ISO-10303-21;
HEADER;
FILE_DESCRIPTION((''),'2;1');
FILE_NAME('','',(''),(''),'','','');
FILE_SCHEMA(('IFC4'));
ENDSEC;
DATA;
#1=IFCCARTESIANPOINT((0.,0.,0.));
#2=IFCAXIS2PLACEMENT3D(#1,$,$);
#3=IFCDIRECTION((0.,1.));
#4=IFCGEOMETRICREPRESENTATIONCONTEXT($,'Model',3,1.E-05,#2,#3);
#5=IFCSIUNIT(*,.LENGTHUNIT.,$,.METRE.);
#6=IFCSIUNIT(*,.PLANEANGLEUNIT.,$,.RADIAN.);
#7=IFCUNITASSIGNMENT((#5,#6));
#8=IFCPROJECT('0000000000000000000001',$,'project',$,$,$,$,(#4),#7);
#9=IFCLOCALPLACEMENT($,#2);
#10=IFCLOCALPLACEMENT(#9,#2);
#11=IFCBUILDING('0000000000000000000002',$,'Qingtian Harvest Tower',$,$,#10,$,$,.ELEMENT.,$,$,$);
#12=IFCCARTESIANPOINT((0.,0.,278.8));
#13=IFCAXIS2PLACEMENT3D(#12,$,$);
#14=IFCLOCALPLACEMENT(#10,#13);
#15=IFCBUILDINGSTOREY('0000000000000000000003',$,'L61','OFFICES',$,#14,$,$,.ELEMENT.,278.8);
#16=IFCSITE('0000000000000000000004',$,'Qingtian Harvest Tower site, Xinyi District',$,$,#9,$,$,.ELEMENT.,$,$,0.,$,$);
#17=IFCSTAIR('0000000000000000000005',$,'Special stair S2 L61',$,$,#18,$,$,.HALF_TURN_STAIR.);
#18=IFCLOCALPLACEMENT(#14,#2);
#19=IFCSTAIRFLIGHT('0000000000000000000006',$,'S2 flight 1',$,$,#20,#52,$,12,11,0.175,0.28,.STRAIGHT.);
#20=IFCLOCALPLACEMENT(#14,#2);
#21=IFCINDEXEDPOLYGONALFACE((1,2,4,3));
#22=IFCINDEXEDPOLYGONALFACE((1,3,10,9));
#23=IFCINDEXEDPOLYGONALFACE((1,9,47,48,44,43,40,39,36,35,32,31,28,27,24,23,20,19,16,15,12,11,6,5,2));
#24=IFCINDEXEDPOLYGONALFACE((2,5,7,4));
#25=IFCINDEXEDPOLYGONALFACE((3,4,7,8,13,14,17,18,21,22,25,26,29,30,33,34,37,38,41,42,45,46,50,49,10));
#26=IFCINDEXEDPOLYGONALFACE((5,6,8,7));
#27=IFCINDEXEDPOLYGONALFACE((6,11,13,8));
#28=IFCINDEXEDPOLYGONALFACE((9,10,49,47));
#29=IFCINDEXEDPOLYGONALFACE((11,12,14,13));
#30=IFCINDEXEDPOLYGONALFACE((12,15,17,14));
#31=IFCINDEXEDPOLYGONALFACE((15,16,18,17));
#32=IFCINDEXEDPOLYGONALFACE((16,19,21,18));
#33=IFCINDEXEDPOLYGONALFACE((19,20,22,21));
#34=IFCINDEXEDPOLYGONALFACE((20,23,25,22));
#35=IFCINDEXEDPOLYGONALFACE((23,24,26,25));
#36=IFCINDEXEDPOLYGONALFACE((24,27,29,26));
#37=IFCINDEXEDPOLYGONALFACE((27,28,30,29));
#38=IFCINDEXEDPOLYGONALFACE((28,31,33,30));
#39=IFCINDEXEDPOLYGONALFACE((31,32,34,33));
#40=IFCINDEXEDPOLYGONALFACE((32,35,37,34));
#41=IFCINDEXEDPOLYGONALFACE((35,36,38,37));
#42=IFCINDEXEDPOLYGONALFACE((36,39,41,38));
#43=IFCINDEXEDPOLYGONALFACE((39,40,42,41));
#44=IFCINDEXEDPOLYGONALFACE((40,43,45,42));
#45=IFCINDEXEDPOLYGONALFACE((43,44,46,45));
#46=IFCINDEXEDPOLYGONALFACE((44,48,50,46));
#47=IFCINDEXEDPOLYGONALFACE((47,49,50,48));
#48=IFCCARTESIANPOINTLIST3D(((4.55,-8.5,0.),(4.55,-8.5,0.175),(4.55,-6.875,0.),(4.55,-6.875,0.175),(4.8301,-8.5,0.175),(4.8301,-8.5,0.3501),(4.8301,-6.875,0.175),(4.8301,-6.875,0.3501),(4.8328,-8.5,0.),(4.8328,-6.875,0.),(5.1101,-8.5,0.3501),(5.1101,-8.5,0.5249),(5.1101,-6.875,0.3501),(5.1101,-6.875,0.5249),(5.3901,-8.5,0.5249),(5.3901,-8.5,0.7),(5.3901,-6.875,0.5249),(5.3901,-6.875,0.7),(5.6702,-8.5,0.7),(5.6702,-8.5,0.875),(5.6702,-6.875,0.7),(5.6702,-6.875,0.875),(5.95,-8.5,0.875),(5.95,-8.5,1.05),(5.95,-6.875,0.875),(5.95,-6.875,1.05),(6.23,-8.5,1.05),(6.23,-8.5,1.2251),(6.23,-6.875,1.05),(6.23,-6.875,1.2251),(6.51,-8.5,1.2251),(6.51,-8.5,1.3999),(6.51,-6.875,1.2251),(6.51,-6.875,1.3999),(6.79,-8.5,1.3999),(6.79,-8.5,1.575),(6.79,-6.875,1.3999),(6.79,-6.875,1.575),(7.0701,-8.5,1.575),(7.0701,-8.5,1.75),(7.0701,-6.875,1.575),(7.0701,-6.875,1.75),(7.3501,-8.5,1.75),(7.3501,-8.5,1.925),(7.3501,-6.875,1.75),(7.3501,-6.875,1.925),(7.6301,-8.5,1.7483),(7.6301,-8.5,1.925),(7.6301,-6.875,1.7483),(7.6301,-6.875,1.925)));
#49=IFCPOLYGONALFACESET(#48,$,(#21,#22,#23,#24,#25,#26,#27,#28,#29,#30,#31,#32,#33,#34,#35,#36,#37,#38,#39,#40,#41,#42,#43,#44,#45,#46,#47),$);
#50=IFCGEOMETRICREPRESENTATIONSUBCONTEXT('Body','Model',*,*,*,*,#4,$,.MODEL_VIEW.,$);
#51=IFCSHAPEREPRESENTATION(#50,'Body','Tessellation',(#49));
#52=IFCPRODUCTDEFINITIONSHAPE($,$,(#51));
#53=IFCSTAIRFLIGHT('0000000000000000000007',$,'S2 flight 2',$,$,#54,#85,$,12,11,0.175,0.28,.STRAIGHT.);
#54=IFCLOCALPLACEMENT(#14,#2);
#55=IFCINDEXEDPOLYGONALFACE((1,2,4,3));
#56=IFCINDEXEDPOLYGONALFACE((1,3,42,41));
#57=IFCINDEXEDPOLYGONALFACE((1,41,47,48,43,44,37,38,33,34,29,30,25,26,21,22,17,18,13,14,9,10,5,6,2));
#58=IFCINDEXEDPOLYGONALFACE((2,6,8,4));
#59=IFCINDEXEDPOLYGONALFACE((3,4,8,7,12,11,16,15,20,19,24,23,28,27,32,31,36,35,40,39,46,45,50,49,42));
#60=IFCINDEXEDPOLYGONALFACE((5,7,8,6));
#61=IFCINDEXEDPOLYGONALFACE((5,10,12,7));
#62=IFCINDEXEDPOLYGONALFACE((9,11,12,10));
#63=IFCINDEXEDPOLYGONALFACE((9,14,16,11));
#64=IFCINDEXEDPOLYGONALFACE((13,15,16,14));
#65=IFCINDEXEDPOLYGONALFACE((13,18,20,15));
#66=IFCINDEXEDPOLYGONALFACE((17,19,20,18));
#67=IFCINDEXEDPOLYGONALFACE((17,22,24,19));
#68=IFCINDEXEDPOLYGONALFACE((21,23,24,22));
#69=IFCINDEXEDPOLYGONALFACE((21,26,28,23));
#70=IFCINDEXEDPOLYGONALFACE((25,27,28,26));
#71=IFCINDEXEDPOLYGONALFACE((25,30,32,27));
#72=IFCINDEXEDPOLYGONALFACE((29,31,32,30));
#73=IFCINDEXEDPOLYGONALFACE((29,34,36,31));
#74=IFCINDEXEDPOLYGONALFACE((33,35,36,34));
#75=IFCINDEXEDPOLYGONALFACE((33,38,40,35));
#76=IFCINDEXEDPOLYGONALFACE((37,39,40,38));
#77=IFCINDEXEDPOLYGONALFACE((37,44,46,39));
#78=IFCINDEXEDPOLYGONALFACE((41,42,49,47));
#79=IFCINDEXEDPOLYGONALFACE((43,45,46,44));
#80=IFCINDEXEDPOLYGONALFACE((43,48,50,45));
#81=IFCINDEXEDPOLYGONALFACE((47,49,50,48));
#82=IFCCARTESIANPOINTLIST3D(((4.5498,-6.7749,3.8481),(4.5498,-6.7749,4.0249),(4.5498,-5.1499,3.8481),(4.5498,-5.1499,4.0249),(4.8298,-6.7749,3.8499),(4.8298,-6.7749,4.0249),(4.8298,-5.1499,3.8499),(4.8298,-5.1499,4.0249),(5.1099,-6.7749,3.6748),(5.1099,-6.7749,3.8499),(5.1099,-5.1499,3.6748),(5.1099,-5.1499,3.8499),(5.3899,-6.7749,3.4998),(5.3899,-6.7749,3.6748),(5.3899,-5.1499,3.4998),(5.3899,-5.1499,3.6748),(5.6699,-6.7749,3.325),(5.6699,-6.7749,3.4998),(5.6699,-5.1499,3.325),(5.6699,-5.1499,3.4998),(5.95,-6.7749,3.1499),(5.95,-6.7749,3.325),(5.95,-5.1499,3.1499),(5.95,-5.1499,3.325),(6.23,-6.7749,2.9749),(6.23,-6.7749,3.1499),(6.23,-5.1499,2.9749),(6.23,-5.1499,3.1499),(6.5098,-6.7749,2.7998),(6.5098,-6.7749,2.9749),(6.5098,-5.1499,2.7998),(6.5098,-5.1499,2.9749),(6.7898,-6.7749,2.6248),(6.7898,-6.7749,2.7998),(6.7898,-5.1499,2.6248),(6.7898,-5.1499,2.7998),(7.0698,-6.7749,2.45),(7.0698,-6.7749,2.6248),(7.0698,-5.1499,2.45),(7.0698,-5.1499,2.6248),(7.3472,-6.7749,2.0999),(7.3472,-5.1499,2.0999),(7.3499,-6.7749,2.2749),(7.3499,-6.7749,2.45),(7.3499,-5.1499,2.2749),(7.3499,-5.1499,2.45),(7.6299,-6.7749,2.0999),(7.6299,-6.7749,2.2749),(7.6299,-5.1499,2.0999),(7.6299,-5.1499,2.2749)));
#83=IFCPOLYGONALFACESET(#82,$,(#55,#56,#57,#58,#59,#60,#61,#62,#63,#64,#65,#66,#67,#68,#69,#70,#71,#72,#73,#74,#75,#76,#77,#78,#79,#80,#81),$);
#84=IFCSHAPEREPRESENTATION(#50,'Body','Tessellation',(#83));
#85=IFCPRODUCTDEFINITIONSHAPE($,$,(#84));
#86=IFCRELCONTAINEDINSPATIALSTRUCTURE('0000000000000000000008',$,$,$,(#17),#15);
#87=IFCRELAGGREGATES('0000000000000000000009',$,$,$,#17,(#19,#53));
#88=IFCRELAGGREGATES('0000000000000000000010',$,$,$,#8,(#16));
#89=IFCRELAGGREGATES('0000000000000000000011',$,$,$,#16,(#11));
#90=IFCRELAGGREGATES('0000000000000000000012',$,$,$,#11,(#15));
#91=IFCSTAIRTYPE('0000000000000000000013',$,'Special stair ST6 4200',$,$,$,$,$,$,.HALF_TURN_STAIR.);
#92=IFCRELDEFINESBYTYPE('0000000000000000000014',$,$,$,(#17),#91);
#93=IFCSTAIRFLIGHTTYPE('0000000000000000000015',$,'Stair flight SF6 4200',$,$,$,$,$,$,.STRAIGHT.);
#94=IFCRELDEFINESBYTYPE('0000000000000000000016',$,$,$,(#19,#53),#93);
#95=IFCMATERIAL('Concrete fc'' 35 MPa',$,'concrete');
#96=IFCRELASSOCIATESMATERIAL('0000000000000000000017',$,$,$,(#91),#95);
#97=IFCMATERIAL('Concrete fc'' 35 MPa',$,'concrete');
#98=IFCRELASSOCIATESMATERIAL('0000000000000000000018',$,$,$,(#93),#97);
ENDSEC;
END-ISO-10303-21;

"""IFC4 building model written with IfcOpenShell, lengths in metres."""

from ifc_helpers import new_model, si_unit, direction, frame, origin, place, context, subcontext, project, spatial, polyline, outline, extrude, material, type_object, element, aggregate, save


model = new_model("IFC4")

# Units and contexts
model_context = context("Model", 3, precision=1e-05, world=origin(), true_north=direction((0.0, 1.0)))
body_context = subcontext(model_context, "Body", "Model", "MODEL_VIEW")
ifc_project = project(units=[si_unit("LENGTHUNIT", "METRE"), si_unit("PLANEANGLEUNIT", "RADIAN")], contexts=[model_context])

# Site, building, storey
site_placement = place(None, origin())
site = spatial("IfcSite", under=ifc_project, at=site_placement, Name="Qingtian Harvest Tower site, Xinyi District", CompositionType="ELEMENT", RefElevation=0.0)
building_placement = place(site_placement, origin())
building = spatial("IfcBuilding", under=site, at=building_placement, Name="Qingtian Harvest Tower", CompositionType="ELEMENT")
storey_placement = place(building_placement, frame((0.0, 0.0, 278.8)))
storey = spatial("IfcBuildingStorey", under=building, at=storey_placement, Name="L61", Description="OFFICES", CompositionType="ELEMENT", Elevation=278.8)

# Stair, stair flights
ifc_material_1 = material(Name="Concrete fc' 35 MPa", Category="concrete")
stair_type = type_object("IfcStairType", Name="Special stair ST6 4200", PredefinedType="HALF_TURN_STAIR", material=ifc_material_1)
stair_placement = place(storey_placement, origin())
stair = element("IfcStair", 1, at=stair_placement, inside=storey, type_object=stair_type, Name="Special stair S2 L61", PredefinedType="HALF_TURN_STAIR")
ifc_material_2 = material(Name="Concrete fc' 35 MPa", Category="concrete")
stair_flight_type = type_object("IfcStairFlightType", Name="Stair flight SF6 4200", PredefinedType="STRAIGHT", material=ifc_material_2)
stair_flight_1_placement = place(storey_placement, frame((4.55, -7.6875, 0.0), z_axis=(0.0, 0.0, 1.0), x_axis=(1.0, 0.0, 0.0)))
stair_flight_1 = element("IfcStairFlight", 2, at=stair_flight_1_placement, type_object=stair_flight_type, Name="S2 flight 1", NumberOfRisers=12, NumberOfTreads=11, PredefinedType="STRAIGHT", RiserHeight=0.175, TreadLength=0.28, context=body_context, shape_type="SweptSolid", body=[
    extrude(outline(polyline([(0.0, 0.0), (0.0, 0.175), (0.28, 0.175), (0.28, 0.3501), (0.5601, 0.3501), (0.5601, 0.5249), (0.8401, 0.5249), (0.8401, 0.7), (1.1201, 0.7), (1.1201, 0.875), (1.3999, 0.875), (1.3999, 1.05), (1.6799, 1.05), (1.6799, 1.2251), (1.96, 1.2251), (1.96, 1.3999), (2.24, 1.3999), (2.24, 1.575), (2.52, 1.575), (2.52, 1.75), (2.8, 1.75), (2.8, 1.925), (3.0801, 1.925), (3.0801, 2.1001), (3.0801, 1.7483), (0.2827, 0.0), (0.0, 0.0)])), frame((0.0, 0.8125, 0.0), z_axis=(0.0, -1.0, 0.0), x_axis=(1.0, 0.0, 0.0)), (0.0, 0.0, 1.0), 1.625),
])
stair_flight_2_placement = place(storey_placement, frame((7.6299, -5.9624, 2.0999), z_axis=(0.0, 0.0, 1.0), x_axis=(-1.0, 0.0, 0.0)))
stair_flight_2 = element("IfcStairFlight", 3, at=stair_flight_2_placement, type_object=stair_flight_type, Name="S2 flight 2", NumberOfRisers=12, NumberOfTreads=11, PredefinedType="STRAIGHT", RiserHeight=0.175, TreadLength=0.28, context=body_context, shape_type="SweptSolid", body=[
    extrude(outline(polyline([(0.0, 0.0), (0.0, 0.175), (0.28, 0.175), (0.28, 0.3501), (0.5601, 0.3501), (0.5601, 0.5249), (0.8401, 0.5249), (0.8401, 0.7), (1.1201, 0.7), (1.1201, 0.875), (1.3999, 0.875), (1.3999, 1.05), (1.6799, 1.05), (1.6799, 1.2251), (1.96, 1.2251), (1.96, 1.3999), (2.24, 1.3999), (2.24, 1.575), (2.52, 1.575), (2.52, 1.75), (2.8, 1.75), (2.8, 1.925), (3.0801, 1.925), (3.0801, 2.1001), (3.0801, 1.7483), (0.2827, 0.0), (0.0, 0.0)])), frame((0.0, 0.8125, 0.0), z_axis=(0.0, -1.0, 0.0), x_axis=(1.0, 0.0, 0.0)), (0.0, 0.0, 1.0), 1.625),
])
aggregate(stair, [stair_flight_1, stair_flight_2])

save(model, "model.ifc")
